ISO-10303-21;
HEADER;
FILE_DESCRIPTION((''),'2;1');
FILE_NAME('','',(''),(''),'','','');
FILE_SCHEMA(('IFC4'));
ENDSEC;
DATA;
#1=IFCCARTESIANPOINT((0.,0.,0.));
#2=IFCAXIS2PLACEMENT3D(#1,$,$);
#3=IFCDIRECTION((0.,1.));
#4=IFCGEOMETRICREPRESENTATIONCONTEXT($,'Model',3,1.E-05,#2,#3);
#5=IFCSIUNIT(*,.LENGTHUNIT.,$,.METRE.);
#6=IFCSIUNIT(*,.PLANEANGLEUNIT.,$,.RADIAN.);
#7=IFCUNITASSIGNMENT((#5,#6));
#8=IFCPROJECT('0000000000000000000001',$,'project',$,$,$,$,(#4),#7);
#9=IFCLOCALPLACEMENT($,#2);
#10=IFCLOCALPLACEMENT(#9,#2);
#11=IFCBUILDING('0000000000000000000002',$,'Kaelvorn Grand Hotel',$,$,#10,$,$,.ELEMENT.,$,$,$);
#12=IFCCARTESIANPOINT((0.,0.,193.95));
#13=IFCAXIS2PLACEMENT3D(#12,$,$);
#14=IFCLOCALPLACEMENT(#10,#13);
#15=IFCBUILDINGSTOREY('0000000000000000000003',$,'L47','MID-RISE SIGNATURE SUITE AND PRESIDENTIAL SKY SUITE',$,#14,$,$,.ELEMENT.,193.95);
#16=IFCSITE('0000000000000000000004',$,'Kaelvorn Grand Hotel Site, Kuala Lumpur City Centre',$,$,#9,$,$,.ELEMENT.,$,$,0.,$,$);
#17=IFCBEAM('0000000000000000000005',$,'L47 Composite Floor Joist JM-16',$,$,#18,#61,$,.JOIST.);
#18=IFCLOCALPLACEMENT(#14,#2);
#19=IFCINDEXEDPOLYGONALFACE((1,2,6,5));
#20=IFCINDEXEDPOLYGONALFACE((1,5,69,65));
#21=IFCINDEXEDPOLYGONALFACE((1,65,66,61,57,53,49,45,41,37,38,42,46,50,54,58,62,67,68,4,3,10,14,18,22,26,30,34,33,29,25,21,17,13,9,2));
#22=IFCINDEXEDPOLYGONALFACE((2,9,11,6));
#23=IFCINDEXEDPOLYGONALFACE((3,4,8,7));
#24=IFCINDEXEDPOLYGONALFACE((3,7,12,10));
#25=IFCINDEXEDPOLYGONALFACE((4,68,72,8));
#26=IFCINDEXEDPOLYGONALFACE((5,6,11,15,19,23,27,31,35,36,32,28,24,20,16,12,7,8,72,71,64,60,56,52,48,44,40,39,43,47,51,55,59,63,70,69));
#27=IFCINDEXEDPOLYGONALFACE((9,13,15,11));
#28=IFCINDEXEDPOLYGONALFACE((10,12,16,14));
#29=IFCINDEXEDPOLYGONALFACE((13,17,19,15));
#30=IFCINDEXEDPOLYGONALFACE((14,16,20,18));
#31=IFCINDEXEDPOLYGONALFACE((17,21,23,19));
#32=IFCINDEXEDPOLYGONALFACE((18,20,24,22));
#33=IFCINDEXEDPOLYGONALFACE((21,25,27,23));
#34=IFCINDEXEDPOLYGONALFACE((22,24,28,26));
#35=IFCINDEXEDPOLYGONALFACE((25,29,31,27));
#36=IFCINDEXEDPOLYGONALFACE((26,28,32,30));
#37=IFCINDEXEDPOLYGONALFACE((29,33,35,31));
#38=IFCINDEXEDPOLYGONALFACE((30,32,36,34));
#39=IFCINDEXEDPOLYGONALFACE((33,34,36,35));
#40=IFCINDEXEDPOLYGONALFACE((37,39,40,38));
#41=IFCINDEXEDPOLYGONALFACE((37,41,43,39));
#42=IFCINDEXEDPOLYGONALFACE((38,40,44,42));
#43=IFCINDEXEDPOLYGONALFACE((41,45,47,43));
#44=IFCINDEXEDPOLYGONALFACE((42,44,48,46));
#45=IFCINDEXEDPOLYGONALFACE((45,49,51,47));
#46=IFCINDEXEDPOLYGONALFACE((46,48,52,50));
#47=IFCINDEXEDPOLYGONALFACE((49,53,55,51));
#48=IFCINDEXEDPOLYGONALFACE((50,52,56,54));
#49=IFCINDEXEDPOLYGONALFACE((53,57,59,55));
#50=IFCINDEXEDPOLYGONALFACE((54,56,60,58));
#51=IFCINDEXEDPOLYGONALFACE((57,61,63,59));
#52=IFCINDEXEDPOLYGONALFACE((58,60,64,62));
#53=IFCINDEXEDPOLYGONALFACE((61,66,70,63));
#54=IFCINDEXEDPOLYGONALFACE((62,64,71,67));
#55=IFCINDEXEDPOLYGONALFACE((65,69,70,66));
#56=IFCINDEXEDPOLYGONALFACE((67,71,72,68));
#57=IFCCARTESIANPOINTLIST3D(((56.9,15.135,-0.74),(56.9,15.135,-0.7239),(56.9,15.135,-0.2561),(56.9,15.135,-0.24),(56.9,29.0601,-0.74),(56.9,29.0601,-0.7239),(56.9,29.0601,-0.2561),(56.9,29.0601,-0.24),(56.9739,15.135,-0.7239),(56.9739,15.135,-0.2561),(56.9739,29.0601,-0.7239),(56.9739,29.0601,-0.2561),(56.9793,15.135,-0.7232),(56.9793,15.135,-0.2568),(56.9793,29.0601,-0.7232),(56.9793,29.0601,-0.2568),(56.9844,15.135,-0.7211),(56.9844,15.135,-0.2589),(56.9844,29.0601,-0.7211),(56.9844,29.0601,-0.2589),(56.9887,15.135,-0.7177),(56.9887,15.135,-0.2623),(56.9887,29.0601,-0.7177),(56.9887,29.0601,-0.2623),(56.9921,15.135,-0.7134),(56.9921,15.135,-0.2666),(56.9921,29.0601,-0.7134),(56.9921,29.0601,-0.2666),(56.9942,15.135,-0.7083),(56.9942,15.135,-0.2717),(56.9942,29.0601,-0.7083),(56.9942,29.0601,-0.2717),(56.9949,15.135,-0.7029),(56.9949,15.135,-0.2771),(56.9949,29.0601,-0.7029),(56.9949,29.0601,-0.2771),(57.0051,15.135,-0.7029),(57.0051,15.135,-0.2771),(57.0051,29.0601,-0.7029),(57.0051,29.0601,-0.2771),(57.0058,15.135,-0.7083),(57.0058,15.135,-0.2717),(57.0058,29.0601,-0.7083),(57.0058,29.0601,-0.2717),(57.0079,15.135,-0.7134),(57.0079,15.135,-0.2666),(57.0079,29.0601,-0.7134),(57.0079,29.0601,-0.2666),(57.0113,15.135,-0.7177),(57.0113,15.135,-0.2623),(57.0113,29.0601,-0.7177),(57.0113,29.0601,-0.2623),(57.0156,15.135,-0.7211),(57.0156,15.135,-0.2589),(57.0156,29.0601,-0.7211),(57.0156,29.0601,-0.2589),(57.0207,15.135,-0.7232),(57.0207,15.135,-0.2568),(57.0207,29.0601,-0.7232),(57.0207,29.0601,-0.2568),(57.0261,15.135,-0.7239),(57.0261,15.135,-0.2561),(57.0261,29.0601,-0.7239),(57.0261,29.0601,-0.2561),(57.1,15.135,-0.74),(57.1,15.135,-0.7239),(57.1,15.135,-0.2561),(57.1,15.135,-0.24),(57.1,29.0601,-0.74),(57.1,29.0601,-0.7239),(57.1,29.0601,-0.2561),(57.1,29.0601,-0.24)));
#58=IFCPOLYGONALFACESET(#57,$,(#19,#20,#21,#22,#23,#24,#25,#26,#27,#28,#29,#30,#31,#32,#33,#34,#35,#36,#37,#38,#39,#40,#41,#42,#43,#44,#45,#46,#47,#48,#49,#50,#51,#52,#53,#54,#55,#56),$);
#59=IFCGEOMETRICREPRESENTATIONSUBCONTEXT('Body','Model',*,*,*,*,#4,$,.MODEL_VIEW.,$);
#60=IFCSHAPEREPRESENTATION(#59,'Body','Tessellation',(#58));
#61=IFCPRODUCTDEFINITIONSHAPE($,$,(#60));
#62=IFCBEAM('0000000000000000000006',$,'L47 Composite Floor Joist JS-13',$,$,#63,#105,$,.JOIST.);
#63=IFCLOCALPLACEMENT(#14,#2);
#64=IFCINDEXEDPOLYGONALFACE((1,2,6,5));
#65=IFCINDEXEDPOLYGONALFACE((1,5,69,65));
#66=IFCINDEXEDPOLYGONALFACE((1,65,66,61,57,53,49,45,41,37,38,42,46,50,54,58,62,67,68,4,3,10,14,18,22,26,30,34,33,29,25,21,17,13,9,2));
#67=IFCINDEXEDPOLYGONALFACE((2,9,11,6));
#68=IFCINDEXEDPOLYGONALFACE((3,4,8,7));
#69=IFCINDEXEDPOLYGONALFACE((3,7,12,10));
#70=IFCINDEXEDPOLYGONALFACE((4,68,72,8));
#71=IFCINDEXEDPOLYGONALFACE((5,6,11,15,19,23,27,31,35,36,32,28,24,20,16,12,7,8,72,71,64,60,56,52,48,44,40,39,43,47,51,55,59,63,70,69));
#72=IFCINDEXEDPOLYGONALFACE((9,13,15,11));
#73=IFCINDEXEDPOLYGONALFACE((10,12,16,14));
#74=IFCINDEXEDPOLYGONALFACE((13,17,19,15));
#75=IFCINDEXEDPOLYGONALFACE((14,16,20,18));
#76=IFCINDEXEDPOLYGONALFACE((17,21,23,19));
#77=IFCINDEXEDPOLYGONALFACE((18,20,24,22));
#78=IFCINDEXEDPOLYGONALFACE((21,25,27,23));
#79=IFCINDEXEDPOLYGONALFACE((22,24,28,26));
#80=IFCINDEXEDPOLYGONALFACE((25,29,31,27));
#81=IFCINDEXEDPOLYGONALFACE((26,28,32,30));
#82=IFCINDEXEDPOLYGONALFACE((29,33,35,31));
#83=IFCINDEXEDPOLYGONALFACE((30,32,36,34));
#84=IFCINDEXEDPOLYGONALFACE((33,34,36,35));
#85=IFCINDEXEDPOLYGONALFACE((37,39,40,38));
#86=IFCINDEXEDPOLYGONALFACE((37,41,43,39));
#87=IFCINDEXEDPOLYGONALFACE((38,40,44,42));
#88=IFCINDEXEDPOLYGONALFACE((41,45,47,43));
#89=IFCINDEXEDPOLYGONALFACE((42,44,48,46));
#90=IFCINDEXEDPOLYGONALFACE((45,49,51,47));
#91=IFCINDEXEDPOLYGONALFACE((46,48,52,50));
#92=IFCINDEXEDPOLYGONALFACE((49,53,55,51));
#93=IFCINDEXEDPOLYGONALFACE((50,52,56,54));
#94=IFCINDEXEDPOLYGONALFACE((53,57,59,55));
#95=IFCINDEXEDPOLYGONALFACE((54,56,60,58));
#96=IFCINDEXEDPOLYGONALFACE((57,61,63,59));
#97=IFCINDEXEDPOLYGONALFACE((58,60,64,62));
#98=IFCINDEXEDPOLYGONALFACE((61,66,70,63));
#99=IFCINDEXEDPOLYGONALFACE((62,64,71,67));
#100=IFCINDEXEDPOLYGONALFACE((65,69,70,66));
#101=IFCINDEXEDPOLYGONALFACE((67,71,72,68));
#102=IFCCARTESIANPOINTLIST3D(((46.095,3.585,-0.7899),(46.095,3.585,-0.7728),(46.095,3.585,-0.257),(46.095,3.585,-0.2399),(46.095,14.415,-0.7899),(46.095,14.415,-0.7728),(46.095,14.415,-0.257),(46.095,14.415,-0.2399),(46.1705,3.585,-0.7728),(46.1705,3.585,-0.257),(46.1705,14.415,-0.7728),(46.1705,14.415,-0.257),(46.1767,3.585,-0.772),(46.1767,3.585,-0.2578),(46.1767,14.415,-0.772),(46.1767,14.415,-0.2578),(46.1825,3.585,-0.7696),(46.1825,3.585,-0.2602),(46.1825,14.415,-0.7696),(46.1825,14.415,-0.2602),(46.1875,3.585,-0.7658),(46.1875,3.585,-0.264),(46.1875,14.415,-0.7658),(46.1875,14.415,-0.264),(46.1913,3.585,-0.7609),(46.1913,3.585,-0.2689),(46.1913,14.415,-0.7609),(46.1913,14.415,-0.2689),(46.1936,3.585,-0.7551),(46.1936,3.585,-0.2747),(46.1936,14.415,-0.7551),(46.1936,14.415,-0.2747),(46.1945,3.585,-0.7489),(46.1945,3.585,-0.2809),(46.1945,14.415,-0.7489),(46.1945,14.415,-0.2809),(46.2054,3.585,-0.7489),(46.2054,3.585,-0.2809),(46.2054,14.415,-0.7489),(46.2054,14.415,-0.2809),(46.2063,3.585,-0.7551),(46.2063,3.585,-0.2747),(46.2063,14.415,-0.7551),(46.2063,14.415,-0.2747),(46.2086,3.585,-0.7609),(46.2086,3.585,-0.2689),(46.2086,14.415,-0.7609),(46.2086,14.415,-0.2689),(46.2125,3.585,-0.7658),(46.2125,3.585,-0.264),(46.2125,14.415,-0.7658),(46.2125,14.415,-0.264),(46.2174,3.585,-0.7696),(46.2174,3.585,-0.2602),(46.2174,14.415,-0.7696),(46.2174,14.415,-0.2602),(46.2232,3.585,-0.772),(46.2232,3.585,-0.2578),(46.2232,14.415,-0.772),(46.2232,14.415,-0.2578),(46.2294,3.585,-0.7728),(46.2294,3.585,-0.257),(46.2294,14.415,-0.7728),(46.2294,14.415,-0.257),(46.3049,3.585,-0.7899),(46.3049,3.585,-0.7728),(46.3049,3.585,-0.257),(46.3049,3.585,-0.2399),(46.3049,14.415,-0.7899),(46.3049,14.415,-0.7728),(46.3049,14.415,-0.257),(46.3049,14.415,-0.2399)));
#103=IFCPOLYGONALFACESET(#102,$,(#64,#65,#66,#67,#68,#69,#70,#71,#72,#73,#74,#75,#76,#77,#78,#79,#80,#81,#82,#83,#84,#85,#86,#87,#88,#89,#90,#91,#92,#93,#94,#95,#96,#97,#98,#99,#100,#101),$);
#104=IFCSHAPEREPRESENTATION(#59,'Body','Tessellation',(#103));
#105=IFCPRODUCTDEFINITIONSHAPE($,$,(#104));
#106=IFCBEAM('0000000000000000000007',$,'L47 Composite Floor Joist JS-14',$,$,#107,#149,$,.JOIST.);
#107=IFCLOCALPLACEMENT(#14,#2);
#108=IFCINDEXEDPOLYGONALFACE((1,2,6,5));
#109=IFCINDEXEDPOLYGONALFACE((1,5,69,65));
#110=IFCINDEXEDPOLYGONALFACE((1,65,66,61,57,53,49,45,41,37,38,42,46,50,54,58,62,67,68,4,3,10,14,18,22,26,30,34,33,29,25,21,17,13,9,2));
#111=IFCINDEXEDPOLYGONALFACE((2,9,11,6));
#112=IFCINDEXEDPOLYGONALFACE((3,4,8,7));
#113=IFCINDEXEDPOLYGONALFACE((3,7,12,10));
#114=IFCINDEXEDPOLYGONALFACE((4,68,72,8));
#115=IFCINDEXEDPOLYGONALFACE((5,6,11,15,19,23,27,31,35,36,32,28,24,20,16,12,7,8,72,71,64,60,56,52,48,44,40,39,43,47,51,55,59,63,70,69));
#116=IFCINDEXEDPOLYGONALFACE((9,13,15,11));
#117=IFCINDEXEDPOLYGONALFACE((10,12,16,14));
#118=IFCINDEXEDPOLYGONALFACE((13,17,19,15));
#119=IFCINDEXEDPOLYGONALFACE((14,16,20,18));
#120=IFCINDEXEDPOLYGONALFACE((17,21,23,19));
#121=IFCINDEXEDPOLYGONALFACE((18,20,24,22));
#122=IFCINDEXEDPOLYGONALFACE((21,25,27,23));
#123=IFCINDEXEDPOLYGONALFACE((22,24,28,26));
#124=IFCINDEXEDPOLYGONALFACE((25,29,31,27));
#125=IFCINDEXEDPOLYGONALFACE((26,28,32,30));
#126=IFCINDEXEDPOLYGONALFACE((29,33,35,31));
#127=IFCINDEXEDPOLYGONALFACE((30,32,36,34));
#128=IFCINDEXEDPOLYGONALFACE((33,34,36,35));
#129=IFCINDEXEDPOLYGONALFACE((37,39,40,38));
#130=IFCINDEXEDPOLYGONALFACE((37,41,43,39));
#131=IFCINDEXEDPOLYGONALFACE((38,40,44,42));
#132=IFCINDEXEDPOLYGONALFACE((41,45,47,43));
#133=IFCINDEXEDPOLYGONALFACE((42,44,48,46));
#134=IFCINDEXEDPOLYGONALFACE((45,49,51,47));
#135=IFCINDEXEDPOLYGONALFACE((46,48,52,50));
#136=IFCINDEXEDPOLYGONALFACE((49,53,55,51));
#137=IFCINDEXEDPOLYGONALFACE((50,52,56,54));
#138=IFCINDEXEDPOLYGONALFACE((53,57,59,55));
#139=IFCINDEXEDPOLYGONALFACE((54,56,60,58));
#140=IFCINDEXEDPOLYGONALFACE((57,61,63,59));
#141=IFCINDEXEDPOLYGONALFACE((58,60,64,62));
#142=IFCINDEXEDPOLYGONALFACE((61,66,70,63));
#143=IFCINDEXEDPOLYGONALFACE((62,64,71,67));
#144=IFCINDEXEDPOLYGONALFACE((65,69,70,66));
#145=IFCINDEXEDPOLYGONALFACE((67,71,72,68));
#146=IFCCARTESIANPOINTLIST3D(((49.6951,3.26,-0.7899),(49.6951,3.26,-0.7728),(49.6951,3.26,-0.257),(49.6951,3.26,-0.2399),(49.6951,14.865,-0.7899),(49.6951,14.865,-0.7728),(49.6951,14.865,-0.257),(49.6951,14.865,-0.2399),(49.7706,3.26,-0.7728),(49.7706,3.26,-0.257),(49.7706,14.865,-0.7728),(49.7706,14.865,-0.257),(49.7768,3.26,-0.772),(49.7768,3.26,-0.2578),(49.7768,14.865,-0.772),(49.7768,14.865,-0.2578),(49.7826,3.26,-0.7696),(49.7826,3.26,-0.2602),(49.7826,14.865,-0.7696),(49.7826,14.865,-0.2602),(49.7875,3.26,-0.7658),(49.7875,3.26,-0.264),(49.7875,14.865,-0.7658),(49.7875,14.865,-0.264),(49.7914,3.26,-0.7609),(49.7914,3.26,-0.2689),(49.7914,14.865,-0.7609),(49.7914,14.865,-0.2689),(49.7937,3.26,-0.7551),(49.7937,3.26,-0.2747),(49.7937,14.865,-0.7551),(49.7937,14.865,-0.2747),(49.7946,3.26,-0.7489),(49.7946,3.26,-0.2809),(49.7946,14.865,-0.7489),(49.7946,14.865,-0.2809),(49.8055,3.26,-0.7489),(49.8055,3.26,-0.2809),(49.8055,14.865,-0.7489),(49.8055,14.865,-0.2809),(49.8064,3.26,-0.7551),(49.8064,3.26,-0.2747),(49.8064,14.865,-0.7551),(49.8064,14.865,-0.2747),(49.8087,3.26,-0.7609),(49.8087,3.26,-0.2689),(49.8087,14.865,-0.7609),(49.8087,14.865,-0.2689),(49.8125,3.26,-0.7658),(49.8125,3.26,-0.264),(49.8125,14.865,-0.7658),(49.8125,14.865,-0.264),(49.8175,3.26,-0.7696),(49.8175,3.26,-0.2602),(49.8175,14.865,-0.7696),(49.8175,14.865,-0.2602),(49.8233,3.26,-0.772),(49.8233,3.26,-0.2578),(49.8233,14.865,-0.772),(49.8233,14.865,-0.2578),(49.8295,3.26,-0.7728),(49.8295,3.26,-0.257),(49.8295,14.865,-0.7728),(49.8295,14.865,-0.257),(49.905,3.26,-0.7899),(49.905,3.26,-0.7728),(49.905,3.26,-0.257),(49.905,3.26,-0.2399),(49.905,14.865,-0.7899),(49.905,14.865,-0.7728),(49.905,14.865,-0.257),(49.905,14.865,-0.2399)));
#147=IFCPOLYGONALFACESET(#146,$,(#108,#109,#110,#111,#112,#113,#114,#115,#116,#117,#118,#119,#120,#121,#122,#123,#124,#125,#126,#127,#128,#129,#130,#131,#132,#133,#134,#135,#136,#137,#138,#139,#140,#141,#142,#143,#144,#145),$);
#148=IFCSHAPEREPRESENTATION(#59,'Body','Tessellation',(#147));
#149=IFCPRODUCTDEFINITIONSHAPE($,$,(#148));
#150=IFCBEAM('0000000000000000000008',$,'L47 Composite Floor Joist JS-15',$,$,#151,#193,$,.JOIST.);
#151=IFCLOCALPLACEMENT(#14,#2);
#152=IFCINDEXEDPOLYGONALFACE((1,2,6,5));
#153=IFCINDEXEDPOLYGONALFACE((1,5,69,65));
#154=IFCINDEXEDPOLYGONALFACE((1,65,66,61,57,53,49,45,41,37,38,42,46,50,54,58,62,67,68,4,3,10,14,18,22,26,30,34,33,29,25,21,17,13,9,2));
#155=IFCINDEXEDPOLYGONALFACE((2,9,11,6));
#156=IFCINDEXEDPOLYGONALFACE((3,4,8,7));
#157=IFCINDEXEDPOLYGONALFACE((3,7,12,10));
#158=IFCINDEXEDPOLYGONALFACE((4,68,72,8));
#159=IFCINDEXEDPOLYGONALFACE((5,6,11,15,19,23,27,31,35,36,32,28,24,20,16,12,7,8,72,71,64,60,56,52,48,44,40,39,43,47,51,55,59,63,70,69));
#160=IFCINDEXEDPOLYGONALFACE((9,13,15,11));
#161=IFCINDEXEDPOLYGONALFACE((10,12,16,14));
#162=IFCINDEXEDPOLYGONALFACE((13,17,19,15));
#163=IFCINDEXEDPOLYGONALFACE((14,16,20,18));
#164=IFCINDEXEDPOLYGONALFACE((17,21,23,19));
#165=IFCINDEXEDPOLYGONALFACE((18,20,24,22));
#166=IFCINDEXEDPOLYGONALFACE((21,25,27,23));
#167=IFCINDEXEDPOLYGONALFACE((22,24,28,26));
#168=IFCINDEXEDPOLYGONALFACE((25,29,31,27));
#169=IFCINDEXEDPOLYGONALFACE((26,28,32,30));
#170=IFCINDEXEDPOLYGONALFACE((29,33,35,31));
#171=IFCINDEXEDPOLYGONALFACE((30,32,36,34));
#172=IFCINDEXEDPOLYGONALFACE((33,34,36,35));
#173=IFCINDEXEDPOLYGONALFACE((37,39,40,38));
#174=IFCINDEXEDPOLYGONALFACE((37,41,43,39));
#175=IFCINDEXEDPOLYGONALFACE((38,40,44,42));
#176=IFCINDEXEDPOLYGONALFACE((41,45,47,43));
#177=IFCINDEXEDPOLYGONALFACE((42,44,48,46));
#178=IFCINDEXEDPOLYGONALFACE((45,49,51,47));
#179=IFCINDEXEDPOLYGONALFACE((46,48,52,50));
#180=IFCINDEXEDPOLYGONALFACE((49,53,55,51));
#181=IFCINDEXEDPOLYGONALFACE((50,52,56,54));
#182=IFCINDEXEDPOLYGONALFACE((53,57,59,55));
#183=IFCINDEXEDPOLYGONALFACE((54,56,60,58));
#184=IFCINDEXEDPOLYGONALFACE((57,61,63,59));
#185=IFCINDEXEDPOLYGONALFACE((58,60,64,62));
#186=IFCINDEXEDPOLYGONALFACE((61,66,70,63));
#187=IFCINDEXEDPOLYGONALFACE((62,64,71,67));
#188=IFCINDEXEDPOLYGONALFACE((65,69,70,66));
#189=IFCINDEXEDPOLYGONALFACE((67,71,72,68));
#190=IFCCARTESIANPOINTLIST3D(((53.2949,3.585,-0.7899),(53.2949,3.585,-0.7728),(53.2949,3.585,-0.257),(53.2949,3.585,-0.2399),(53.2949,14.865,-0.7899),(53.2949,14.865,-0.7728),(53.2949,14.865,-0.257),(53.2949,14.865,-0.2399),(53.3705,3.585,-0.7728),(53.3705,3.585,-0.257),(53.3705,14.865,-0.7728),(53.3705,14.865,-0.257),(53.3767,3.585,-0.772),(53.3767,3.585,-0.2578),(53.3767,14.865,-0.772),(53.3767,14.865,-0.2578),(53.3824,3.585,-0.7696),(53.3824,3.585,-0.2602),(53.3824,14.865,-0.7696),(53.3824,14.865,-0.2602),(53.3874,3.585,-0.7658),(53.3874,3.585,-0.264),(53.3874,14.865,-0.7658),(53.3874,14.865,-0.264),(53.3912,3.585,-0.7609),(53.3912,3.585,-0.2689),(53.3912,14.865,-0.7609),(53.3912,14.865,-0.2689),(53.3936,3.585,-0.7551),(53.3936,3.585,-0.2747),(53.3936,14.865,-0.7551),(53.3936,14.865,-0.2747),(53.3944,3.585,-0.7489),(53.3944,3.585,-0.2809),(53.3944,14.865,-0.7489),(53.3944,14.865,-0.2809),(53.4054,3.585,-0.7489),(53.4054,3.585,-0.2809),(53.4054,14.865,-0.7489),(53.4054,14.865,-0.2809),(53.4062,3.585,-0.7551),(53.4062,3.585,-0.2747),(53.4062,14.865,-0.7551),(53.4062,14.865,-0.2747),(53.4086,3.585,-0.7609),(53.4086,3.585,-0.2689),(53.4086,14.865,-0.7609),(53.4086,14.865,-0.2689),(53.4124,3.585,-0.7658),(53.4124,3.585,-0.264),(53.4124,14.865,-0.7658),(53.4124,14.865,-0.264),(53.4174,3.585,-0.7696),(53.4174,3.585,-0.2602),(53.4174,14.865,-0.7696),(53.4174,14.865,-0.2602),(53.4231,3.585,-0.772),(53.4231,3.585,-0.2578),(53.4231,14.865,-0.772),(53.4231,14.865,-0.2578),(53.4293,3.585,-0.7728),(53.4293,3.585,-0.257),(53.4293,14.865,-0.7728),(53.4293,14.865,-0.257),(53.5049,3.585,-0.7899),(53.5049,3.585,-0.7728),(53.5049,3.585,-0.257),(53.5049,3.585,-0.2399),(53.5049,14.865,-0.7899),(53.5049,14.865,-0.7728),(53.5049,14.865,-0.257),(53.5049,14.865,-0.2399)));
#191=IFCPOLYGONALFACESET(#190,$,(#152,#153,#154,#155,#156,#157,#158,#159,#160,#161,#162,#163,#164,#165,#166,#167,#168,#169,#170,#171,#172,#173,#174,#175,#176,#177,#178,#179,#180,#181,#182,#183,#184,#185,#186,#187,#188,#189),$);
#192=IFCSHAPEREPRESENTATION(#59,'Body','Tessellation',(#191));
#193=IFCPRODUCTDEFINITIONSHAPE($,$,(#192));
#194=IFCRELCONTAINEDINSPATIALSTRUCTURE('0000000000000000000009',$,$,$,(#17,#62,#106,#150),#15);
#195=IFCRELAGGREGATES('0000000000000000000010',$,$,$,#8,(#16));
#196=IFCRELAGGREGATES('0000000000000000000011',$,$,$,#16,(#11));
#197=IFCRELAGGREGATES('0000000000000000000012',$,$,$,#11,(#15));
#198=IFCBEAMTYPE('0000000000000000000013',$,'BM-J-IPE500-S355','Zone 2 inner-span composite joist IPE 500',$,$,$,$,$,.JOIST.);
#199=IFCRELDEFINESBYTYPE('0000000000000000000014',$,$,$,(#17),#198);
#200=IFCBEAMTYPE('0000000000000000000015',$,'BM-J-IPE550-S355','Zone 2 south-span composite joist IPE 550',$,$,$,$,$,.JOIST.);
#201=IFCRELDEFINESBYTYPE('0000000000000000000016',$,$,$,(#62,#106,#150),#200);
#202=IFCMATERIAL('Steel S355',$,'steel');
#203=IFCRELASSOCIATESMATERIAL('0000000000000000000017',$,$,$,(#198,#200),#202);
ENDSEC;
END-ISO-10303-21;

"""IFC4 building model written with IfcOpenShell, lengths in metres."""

from ifc_helpers import new_model, si_unit, direction, frame, origin, origin_2d, place, context, subcontext, project, spatial, i_section, extrude, material, material_profile, profile_set, type_object, element, save


model = new_model("IFC4")

# Units and contexts
model_context = context("Model", 3, precision=1e-05, world=origin(), true_north=direction((0.0, 1.0)))
body_context = subcontext(model_context, "Body", "Model", "MODEL_VIEW")
ifc_project = project(units=[si_unit("LENGTHUNIT", "METRE"), si_unit("PLANEANGLEUNIT", "RADIAN")], contexts=[model_context])

# Site, building, storey
site_placement = place(None, origin())
site = spatial("IfcSite", under=ifc_project, at=site_placement, Name="Kaelvorn Grand Hotel Site, Kuala Lumpur City Centre", CompositionType="ELEMENT", RefElevation=0.0)
building_placement = place(site_placement, origin())
building = spatial("IfcBuilding", under=site, at=building_placement, Name="Kaelvorn Grand Hotel", CompositionType="ELEMENT")
storey_placement = place(building_placement, frame((0.0, 0.0, 193.95)))
storey = spatial("IfcBuildingStorey", under=building, at=storey_placement, Name="L47", Description="MID-RISE SIGNATURE SUITE AND PRESIDENTIAL SKY SUITE", CompositionType="ELEMENT", Elevation=193.95)

# Beams
ifc_material_1 = material(Name="Steel S355", Category="steel")
ifc_material_profile_1 = material_profile(ifc_material_1, i_section(OverallWidth=0.2, OverallDepth=0.5, WebThickness=0.0103, FlangeThickness=0.0161, FilletRadius=0.021, at=origin_2d()), Name="IPE 500")
ifc_profile_set_1 = profile_set([ifc_material_profile_1], Name="Steel S355")
beam_type_1 = type_object("IfcBeamType", Name="BM-J-IPE500-S355", Description="Zone 2 inner-span composite joist IPE 500", PredefinedType="JOIST", material=ifc_profile_set_1)
beam_1_placement = place(storey_placement, frame((57.0, 15.135, -0.49), z_axis=(0.0, 1.0, 0.0), x_axis=(-1.0, 0.0, 0.0)))
element("IfcBeam", 1, at=beam_1_placement, inside=storey, type_object=beam_type_1, Name="L47 Composite Floor Joist JM-16", PredefinedType="JOIST", context=body_context, shape_type="SweptSolid", body=[
    extrude(i_section(OverallWidth=0.2, OverallDepth=0.5, WebThickness=0.0103, FlangeThickness=0.0161, FilletRadius=0.021, at=origin_2d()), origin(), (0.0, 0.0, 1.0), 13.925),
])
ifc_material_profile_2 = material_profile(ifc_material_1, i_section(OverallWidth=0.21, OverallDepth=0.55, WebThickness=0.011, FlangeThickness=0.0171, FilletRadius=0.0239, at=origin_2d()), Name="IPE 550")
ifc_profile_set_2 = profile_set([ifc_material_profile_2], Name="Steel S355")
beam_type_2 = type_object("IfcBeamType", Name="BM-J-IPE550-S355", Description="Zone 2 south-span composite joist IPE 550", PredefinedType="JOIST", material=ifc_profile_set_2)
beam_2_placement = place(storey_placement, frame((46.2, 3.585, -0.5149), z_axis=(0.0, 1.0, 0.0), x_axis=(-1.0, 0.0, 0.0)))
element("IfcBeam", 2, at=beam_2_placement, inside=storey, type_object=beam_type_2, Name="L47 Composite Floor Joist JS-13", PredefinedType="JOIST", context=body_context, shape_type="SweptSolid", body=[
    extrude(i_section(OverallWidth=0.21, OverallDepth=0.55, WebThickness=0.011, FlangeThickness=0.0171, FilletRadius=0.0239, at=origin_2d()), origin(), (0.0, 0.0, 1.0), 10.8301),
])
beam_3_placement = place(storey_placement, frame((49.8, 3.26, -0.5149), z_axis=(0.0, 1.0, 0.0), x_axis=(-1.0, 0.0, 0.0)))
element("IfcBeam", 3, at=beam_3_placement, inside=storey, type_object=beam_type_2, Name="L47 Composite Floor Joist JS-14", PredefinedType="JOIST", context=body_context, shape_type="SweptSolid", body=[
    extrude(i_section(OverallWidth=0.21, OverallDepth=0.55, WebThickness=0.011, FlangeThickness=0.0171, FilletRadius=0.0239, at=origin_2d()), origin(), (0.0, 0.0, 1.0), 11.605),
])
for number, where, z_axis, x_axis, name in (
    (4, (53.3999, 3.585, -0.5149), (0.0, 1.0, 0.0), (-1.0, 0.0, 0.0), "L47 Composite Floor Joist JS-15"),
):
    element("IfcBeam", number, at=place(storey_placement, frame(where, z_axis=z_axis, x_axis=x_axis)), inside=storey, type_object=beam_type_2, Name=name, PredefinedType="JOIST", context=body_context, shape_type="SweptSolid", body=[
        extrude(i_section(OverallWidth=0.21, OverallDepth=0.55, WebThickness=0.011, FlangeThickness=0.0171, FilletRadius=0.0239, at=origin_2d()), origin(), (0.0, 0.0, 1.0), 11.28),
    ])

save(model, "model.ifc")
